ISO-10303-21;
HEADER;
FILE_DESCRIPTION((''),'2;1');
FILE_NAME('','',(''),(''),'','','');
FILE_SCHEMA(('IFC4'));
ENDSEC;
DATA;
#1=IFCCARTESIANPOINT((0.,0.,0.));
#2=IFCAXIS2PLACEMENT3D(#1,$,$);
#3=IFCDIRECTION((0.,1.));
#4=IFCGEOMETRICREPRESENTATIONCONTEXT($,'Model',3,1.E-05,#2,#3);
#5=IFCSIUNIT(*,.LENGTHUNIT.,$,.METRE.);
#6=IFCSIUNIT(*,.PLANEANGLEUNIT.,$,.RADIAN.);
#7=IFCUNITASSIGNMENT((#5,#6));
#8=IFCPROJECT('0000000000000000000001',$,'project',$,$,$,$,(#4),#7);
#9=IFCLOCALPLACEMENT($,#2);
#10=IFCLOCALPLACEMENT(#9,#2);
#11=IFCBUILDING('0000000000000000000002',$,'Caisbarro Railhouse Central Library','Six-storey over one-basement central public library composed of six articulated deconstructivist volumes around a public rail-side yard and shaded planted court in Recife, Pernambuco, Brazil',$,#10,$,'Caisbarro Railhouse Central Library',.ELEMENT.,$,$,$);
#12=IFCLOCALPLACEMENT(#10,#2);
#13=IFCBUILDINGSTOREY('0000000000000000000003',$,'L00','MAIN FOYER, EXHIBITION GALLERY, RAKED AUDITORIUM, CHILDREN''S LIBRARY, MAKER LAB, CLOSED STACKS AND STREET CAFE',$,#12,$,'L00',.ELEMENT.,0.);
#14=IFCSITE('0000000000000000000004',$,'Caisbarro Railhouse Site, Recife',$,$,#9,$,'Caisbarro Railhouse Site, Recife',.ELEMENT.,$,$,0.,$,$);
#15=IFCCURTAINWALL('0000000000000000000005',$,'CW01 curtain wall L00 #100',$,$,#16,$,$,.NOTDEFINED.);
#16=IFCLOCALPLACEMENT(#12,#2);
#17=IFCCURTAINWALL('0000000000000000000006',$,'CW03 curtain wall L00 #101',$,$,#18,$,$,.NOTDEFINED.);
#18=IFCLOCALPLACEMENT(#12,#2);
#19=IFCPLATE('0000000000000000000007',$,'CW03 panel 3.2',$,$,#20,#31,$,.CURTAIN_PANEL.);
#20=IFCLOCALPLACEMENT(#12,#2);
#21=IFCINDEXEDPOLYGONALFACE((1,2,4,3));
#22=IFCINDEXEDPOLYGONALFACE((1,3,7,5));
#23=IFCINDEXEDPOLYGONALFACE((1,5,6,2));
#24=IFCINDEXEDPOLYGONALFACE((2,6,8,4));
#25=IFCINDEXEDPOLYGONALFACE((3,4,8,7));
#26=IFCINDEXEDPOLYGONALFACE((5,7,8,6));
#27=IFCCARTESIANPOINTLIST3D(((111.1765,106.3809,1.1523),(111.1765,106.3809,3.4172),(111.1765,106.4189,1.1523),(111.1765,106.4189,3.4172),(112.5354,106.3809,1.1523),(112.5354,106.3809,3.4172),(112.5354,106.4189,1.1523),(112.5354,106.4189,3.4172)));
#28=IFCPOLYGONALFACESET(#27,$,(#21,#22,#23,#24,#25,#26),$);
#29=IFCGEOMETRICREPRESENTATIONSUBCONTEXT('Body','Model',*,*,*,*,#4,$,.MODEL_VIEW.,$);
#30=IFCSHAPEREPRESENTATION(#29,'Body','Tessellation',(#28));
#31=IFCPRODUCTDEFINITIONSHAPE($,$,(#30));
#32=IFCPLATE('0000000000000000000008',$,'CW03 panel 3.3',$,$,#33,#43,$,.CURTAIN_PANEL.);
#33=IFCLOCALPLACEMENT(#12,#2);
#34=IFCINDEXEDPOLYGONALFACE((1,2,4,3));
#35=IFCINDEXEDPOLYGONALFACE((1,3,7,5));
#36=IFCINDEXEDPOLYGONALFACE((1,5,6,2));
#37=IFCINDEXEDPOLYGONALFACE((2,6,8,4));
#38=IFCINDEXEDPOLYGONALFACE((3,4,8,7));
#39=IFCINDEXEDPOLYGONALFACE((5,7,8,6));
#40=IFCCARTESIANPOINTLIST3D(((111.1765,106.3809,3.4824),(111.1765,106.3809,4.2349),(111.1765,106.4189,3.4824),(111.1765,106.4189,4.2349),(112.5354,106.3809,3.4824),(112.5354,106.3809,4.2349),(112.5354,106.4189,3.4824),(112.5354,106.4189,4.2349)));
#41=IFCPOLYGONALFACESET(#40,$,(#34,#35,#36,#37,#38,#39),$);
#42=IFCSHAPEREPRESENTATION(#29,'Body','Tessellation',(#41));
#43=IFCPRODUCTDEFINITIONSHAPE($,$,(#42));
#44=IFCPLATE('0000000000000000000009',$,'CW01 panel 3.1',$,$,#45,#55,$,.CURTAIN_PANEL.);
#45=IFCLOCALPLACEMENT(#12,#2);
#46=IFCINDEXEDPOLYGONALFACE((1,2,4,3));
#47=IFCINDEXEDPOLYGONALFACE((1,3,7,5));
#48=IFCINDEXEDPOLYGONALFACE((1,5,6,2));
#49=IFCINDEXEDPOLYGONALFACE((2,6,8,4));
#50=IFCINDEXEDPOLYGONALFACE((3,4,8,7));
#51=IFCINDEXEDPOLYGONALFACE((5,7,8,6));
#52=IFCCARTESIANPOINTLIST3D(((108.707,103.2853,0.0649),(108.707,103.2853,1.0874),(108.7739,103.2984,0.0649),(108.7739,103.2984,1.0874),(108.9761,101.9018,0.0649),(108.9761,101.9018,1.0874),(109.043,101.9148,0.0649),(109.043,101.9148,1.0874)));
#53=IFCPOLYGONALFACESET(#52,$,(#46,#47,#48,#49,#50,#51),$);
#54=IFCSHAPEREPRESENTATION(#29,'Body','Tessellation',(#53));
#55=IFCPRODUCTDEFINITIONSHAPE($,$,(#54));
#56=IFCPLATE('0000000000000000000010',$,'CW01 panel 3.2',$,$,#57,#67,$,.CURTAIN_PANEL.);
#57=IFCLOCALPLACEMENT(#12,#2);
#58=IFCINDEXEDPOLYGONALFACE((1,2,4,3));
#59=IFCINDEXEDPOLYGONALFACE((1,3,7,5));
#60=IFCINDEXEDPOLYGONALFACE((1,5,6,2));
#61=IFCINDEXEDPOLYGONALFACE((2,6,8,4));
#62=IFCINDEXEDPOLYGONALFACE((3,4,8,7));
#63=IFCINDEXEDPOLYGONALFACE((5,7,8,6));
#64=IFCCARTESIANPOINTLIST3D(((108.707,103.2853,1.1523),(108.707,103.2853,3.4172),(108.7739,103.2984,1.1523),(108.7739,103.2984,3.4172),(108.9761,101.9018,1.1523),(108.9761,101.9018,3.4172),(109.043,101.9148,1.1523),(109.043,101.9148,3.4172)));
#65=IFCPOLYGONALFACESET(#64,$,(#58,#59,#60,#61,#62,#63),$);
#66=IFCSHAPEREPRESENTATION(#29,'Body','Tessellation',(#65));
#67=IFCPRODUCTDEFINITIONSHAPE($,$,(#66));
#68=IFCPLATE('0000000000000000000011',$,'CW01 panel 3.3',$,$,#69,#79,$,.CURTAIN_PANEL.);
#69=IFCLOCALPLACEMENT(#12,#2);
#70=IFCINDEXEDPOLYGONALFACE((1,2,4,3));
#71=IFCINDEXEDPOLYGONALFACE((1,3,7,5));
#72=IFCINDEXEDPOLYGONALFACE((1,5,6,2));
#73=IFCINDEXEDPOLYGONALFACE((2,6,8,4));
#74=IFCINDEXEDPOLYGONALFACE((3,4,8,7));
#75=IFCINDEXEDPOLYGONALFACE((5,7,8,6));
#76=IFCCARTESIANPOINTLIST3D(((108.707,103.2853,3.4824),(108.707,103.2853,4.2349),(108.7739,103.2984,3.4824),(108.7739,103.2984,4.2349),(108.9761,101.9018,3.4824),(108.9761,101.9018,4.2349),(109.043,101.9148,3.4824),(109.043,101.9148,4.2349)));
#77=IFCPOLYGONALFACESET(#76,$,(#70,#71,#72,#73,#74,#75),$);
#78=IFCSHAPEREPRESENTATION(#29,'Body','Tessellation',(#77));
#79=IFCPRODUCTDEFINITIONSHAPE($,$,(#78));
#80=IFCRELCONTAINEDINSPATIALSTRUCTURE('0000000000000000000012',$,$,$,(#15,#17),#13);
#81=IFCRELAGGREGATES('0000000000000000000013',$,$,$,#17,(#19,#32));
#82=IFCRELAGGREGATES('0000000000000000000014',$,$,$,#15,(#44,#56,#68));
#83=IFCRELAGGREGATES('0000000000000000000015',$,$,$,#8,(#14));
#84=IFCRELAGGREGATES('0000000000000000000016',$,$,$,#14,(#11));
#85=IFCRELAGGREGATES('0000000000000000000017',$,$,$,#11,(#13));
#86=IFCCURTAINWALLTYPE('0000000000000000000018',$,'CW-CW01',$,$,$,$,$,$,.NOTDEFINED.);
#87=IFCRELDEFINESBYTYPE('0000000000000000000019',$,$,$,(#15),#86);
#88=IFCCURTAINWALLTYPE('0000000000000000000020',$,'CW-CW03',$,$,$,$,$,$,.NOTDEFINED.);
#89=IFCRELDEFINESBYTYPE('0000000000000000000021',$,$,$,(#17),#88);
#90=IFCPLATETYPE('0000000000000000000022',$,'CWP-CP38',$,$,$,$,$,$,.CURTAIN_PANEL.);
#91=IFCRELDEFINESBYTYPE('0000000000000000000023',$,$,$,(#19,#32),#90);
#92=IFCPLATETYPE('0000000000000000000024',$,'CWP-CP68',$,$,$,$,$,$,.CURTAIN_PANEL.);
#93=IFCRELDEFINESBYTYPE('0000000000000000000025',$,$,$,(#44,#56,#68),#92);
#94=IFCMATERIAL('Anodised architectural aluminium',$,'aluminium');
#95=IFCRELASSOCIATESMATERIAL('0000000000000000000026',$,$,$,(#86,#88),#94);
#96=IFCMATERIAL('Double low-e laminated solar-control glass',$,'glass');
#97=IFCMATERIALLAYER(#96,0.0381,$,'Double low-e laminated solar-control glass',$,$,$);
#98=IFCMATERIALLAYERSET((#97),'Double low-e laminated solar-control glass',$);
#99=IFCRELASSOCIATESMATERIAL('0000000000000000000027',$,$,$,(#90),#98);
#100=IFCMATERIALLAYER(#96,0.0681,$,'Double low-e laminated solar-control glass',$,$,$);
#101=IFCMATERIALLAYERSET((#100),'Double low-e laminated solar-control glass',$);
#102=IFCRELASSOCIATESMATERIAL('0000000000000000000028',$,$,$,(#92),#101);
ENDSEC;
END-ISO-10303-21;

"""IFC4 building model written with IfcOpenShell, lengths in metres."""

from ifc_helpers import new_model, si_unit, direction, frame, origin, origin_2d, place, context, subcontext, project, spatial, rectangle, extrude, material, layer, layer_set, type_object, element, aggregate, save


model = new_model("IFC4")

# Units and contexts
model_context = context("Model", 3, precision=1e-05, world=origin(), true_north=direction((0.0, 1.0)))
body_context = subcontext(model_context, "Body", "Model", "MODEL_VIEW")
ifc_project = project(units=[si_unit("LENGTHUNIT", "METRE"), si_unit("PLANEANGLEUNIT", "RADIAN")], contexts=[model_context])

# Site, building, storey
site_placement = place(None, origin())
site = spatial("IfcSite", under=ifc_project, at=site_placement, Name="Caisbarro Railhouse Site, Recife", LongName="Caisbarro Railhouse Site, Recife", CompositionType="ELEMENT", RefElevation=0.0)
building_placement = place(site_placement, origin())
building = spatial("IfcBuilding", under=site, at=building_placement, Name="Caisbarro Railhouse Central Library", Description="Six-storey over one-basement central public library composed of six articulated deconstructivist volumes around a public rail-side yard and shaded planted court in Recife, Pernambuco, Brazil", LongName="Caisbarro Railhouse Central Library", CompositionType="ELEMENT")
storey_placement = place(building_placement, origin())
storey = spatial("IfcBuildingStorey", under=building, at=storey_placement, Name="L00", Description="MAIN FOYER, EXHIBITION GALLERY, RAKED AUDITORIUM, CHILDREN'S LIBRARY, MAKER LAB, CLOSED STACKS AND STREET CAFE", LongName="L00", CompositionType="ELEMENT", Elevation=0.0)

# Curtain wall
ifc_material_1 = material(Name="Anodised architectural aluminium", Category="aluminium")
curtain_wall_type_1 = type_object("IfcCurtainWallType", Name="CW-CW01", PredefinedType="NOTDEFINED", material=ifc_material_1)
curtain_wall_1_placement = place(storey_placement, origin())
curtain_wall_1 = element("IfcCurtainWall", 1, at=curtain_wall_1_placement, inside=storey, type_object=curtain_wall_type_1, Name="CW01 curtain wall L00 #100", PredefinedType="NOTDEFINED")

# Curtain wall
curtain_wall_type_2 = type_object("IfcCurtainWallType", Name="CW-CW03", PredefinedType="NOTDEFINED", material=ifc_material_1)
curtain_wall_2_placement = place(storey_placement, origin())
curtain_wall_2 = element("IfcCurtainWall", 2, at=curtain_wall_2_placement, inside=storey, type_object=curtain_wall_type_2, Name="CW03 curtain wall L00 #101", PredefinedType="NOTDEFINED")

# Plates
ifc_material_2 = material(Name="Double low-e laminated solar-control glass", Category="glass")
ifc_layer_1 = layer(ifc_material_2, 0.0381, Name="Double low-e laminated solar-control glass")
ifc_layer_set_1 = layer_set([ifc_layer_1], Name="Double low-e laminated solar-control glass")
plate_type_1 = type_object("IfcPlateType", Name="CWP-CP38", PredefinedType="CURTAIN_PANEL", material=ifc_layer_set_1)
plate_1_placement = place(storey_placement, frame((111.856, 106.3999, 1.1523), z_axis=(0.0, 0.0, 1.0), x_axis=(1.0, 0.0, 0.0)))
plate_1 = element("IfcPlate", 3, at=plate_1_placement, type_object=plate_type_1, Name="CW03 panel 3.2", PredefinedType="CURTAIN_PANEL", context=body_context, shape_type="SweptSolid", body=[
    extrude(rectangle(XDim=1.3589, YDim=0.0381, at=origin_2d()), origin(), (0.0, 0.0, 1.0), 2.2649),
])
plate_2_placement = place(storey_placement, frame((111.856, 106.3999, 3.4824), z_axis=(0.0, 0.0, 1.0), x_axis=(1.0, 0.0, 0.0)))
plate_2 = element("IfcPlate", 4, at=plate_2_placement, type_object=plate_type_1, Name="CW03 panel 3.3", PredefinedType="CURTAIN_PANEL", context=body_context, shape_type="SweptSolid", body=[
    extrude(rectangle(XDim=1.3589, YDim=0.0381, at=origin_2d()), origin(), (0.0, 0.0, 1.0), 0.7524),
])
aggregate(curtain_wall_2, [plate_1, plate_2])
ifc_layer_2 = layer(ifc_material_2, 0.0681, Name="Double low-e laminated solar-control glass")
ifc_layer_set_2 = layer_set([ifc_layer_2], Name="Double low-e laminated solar-control glass")
plate_type_2 = type_object("IfcPlateType", Name="CWP-CP68", PredefinedType="CURTAIN_PANEL", material=ifc_layer_set_2)
plate_3_placement = place(storey_placement, frame((108.875, 102.6001, 0.0649), z_axis=(0.0, 0.0, 1.0), x_axis=(-0.190911, 0.981607, 0.0)))
plate_3 = element("IfcPlate", 5, at=plate_3_placement, type_object=plate_type_2, Name="CW01 panel 3.1", PredefinedType="CURTAIN_PANEL", context=body_context, shape_type="SweptSolid", body=[
    extrude(rectangle(XDim=1.4094, YDim=0.0681, at=origin_2d()), origin(), (0.0, 0.0, 1.0), 1.0225),
])
plate_4_placement = place(storey_placement, frame((108.875, 102.6001, 1.1523), z_axis=(0.0, 0.0, 1.0), x_axis=(-0.190911, 0.981607, 0.0)))
plate_4 = element("IfcPlate", 6, at=plate_4_placement, type_object=plate_type_2, Name="CW01 panel 3.2", PredefinedType="CURTAIN_PANEL", context=body_context, shape_type="SweptSolid", body=[
    extrude(rectangle(XDim=1.4094, YDim=0.0681, at=origin_2d()), origin(), (0.0, 0.0, 1.0), 2.2649),
])
plate_5_placement = place(storey_placement, frame((108.875, 102.6001, 3.4824), z_axis=(0.0, 0.0, 1.0), x_axis=(-0.190911, 0.981607, 0.0)))
plate_5 = element("IfcPlate", 7, at=plate_5_placement, type_object=plate_type_2, Name="CW01 panel 3.3", PredefinedType="CURTAIN_PANEL", context=body_context, shape_type="SweptSolid", body=[
    extrude(rectangle(XDim=1.4094, YDim=0.0681, at=origin_2d()), origin(), (0.0, 0.0, 1.0), 0.7524),
])
aggregate(curtain_wall_1, [plate_3, plate_4, plate_5])

save(model, "model.ifc")
